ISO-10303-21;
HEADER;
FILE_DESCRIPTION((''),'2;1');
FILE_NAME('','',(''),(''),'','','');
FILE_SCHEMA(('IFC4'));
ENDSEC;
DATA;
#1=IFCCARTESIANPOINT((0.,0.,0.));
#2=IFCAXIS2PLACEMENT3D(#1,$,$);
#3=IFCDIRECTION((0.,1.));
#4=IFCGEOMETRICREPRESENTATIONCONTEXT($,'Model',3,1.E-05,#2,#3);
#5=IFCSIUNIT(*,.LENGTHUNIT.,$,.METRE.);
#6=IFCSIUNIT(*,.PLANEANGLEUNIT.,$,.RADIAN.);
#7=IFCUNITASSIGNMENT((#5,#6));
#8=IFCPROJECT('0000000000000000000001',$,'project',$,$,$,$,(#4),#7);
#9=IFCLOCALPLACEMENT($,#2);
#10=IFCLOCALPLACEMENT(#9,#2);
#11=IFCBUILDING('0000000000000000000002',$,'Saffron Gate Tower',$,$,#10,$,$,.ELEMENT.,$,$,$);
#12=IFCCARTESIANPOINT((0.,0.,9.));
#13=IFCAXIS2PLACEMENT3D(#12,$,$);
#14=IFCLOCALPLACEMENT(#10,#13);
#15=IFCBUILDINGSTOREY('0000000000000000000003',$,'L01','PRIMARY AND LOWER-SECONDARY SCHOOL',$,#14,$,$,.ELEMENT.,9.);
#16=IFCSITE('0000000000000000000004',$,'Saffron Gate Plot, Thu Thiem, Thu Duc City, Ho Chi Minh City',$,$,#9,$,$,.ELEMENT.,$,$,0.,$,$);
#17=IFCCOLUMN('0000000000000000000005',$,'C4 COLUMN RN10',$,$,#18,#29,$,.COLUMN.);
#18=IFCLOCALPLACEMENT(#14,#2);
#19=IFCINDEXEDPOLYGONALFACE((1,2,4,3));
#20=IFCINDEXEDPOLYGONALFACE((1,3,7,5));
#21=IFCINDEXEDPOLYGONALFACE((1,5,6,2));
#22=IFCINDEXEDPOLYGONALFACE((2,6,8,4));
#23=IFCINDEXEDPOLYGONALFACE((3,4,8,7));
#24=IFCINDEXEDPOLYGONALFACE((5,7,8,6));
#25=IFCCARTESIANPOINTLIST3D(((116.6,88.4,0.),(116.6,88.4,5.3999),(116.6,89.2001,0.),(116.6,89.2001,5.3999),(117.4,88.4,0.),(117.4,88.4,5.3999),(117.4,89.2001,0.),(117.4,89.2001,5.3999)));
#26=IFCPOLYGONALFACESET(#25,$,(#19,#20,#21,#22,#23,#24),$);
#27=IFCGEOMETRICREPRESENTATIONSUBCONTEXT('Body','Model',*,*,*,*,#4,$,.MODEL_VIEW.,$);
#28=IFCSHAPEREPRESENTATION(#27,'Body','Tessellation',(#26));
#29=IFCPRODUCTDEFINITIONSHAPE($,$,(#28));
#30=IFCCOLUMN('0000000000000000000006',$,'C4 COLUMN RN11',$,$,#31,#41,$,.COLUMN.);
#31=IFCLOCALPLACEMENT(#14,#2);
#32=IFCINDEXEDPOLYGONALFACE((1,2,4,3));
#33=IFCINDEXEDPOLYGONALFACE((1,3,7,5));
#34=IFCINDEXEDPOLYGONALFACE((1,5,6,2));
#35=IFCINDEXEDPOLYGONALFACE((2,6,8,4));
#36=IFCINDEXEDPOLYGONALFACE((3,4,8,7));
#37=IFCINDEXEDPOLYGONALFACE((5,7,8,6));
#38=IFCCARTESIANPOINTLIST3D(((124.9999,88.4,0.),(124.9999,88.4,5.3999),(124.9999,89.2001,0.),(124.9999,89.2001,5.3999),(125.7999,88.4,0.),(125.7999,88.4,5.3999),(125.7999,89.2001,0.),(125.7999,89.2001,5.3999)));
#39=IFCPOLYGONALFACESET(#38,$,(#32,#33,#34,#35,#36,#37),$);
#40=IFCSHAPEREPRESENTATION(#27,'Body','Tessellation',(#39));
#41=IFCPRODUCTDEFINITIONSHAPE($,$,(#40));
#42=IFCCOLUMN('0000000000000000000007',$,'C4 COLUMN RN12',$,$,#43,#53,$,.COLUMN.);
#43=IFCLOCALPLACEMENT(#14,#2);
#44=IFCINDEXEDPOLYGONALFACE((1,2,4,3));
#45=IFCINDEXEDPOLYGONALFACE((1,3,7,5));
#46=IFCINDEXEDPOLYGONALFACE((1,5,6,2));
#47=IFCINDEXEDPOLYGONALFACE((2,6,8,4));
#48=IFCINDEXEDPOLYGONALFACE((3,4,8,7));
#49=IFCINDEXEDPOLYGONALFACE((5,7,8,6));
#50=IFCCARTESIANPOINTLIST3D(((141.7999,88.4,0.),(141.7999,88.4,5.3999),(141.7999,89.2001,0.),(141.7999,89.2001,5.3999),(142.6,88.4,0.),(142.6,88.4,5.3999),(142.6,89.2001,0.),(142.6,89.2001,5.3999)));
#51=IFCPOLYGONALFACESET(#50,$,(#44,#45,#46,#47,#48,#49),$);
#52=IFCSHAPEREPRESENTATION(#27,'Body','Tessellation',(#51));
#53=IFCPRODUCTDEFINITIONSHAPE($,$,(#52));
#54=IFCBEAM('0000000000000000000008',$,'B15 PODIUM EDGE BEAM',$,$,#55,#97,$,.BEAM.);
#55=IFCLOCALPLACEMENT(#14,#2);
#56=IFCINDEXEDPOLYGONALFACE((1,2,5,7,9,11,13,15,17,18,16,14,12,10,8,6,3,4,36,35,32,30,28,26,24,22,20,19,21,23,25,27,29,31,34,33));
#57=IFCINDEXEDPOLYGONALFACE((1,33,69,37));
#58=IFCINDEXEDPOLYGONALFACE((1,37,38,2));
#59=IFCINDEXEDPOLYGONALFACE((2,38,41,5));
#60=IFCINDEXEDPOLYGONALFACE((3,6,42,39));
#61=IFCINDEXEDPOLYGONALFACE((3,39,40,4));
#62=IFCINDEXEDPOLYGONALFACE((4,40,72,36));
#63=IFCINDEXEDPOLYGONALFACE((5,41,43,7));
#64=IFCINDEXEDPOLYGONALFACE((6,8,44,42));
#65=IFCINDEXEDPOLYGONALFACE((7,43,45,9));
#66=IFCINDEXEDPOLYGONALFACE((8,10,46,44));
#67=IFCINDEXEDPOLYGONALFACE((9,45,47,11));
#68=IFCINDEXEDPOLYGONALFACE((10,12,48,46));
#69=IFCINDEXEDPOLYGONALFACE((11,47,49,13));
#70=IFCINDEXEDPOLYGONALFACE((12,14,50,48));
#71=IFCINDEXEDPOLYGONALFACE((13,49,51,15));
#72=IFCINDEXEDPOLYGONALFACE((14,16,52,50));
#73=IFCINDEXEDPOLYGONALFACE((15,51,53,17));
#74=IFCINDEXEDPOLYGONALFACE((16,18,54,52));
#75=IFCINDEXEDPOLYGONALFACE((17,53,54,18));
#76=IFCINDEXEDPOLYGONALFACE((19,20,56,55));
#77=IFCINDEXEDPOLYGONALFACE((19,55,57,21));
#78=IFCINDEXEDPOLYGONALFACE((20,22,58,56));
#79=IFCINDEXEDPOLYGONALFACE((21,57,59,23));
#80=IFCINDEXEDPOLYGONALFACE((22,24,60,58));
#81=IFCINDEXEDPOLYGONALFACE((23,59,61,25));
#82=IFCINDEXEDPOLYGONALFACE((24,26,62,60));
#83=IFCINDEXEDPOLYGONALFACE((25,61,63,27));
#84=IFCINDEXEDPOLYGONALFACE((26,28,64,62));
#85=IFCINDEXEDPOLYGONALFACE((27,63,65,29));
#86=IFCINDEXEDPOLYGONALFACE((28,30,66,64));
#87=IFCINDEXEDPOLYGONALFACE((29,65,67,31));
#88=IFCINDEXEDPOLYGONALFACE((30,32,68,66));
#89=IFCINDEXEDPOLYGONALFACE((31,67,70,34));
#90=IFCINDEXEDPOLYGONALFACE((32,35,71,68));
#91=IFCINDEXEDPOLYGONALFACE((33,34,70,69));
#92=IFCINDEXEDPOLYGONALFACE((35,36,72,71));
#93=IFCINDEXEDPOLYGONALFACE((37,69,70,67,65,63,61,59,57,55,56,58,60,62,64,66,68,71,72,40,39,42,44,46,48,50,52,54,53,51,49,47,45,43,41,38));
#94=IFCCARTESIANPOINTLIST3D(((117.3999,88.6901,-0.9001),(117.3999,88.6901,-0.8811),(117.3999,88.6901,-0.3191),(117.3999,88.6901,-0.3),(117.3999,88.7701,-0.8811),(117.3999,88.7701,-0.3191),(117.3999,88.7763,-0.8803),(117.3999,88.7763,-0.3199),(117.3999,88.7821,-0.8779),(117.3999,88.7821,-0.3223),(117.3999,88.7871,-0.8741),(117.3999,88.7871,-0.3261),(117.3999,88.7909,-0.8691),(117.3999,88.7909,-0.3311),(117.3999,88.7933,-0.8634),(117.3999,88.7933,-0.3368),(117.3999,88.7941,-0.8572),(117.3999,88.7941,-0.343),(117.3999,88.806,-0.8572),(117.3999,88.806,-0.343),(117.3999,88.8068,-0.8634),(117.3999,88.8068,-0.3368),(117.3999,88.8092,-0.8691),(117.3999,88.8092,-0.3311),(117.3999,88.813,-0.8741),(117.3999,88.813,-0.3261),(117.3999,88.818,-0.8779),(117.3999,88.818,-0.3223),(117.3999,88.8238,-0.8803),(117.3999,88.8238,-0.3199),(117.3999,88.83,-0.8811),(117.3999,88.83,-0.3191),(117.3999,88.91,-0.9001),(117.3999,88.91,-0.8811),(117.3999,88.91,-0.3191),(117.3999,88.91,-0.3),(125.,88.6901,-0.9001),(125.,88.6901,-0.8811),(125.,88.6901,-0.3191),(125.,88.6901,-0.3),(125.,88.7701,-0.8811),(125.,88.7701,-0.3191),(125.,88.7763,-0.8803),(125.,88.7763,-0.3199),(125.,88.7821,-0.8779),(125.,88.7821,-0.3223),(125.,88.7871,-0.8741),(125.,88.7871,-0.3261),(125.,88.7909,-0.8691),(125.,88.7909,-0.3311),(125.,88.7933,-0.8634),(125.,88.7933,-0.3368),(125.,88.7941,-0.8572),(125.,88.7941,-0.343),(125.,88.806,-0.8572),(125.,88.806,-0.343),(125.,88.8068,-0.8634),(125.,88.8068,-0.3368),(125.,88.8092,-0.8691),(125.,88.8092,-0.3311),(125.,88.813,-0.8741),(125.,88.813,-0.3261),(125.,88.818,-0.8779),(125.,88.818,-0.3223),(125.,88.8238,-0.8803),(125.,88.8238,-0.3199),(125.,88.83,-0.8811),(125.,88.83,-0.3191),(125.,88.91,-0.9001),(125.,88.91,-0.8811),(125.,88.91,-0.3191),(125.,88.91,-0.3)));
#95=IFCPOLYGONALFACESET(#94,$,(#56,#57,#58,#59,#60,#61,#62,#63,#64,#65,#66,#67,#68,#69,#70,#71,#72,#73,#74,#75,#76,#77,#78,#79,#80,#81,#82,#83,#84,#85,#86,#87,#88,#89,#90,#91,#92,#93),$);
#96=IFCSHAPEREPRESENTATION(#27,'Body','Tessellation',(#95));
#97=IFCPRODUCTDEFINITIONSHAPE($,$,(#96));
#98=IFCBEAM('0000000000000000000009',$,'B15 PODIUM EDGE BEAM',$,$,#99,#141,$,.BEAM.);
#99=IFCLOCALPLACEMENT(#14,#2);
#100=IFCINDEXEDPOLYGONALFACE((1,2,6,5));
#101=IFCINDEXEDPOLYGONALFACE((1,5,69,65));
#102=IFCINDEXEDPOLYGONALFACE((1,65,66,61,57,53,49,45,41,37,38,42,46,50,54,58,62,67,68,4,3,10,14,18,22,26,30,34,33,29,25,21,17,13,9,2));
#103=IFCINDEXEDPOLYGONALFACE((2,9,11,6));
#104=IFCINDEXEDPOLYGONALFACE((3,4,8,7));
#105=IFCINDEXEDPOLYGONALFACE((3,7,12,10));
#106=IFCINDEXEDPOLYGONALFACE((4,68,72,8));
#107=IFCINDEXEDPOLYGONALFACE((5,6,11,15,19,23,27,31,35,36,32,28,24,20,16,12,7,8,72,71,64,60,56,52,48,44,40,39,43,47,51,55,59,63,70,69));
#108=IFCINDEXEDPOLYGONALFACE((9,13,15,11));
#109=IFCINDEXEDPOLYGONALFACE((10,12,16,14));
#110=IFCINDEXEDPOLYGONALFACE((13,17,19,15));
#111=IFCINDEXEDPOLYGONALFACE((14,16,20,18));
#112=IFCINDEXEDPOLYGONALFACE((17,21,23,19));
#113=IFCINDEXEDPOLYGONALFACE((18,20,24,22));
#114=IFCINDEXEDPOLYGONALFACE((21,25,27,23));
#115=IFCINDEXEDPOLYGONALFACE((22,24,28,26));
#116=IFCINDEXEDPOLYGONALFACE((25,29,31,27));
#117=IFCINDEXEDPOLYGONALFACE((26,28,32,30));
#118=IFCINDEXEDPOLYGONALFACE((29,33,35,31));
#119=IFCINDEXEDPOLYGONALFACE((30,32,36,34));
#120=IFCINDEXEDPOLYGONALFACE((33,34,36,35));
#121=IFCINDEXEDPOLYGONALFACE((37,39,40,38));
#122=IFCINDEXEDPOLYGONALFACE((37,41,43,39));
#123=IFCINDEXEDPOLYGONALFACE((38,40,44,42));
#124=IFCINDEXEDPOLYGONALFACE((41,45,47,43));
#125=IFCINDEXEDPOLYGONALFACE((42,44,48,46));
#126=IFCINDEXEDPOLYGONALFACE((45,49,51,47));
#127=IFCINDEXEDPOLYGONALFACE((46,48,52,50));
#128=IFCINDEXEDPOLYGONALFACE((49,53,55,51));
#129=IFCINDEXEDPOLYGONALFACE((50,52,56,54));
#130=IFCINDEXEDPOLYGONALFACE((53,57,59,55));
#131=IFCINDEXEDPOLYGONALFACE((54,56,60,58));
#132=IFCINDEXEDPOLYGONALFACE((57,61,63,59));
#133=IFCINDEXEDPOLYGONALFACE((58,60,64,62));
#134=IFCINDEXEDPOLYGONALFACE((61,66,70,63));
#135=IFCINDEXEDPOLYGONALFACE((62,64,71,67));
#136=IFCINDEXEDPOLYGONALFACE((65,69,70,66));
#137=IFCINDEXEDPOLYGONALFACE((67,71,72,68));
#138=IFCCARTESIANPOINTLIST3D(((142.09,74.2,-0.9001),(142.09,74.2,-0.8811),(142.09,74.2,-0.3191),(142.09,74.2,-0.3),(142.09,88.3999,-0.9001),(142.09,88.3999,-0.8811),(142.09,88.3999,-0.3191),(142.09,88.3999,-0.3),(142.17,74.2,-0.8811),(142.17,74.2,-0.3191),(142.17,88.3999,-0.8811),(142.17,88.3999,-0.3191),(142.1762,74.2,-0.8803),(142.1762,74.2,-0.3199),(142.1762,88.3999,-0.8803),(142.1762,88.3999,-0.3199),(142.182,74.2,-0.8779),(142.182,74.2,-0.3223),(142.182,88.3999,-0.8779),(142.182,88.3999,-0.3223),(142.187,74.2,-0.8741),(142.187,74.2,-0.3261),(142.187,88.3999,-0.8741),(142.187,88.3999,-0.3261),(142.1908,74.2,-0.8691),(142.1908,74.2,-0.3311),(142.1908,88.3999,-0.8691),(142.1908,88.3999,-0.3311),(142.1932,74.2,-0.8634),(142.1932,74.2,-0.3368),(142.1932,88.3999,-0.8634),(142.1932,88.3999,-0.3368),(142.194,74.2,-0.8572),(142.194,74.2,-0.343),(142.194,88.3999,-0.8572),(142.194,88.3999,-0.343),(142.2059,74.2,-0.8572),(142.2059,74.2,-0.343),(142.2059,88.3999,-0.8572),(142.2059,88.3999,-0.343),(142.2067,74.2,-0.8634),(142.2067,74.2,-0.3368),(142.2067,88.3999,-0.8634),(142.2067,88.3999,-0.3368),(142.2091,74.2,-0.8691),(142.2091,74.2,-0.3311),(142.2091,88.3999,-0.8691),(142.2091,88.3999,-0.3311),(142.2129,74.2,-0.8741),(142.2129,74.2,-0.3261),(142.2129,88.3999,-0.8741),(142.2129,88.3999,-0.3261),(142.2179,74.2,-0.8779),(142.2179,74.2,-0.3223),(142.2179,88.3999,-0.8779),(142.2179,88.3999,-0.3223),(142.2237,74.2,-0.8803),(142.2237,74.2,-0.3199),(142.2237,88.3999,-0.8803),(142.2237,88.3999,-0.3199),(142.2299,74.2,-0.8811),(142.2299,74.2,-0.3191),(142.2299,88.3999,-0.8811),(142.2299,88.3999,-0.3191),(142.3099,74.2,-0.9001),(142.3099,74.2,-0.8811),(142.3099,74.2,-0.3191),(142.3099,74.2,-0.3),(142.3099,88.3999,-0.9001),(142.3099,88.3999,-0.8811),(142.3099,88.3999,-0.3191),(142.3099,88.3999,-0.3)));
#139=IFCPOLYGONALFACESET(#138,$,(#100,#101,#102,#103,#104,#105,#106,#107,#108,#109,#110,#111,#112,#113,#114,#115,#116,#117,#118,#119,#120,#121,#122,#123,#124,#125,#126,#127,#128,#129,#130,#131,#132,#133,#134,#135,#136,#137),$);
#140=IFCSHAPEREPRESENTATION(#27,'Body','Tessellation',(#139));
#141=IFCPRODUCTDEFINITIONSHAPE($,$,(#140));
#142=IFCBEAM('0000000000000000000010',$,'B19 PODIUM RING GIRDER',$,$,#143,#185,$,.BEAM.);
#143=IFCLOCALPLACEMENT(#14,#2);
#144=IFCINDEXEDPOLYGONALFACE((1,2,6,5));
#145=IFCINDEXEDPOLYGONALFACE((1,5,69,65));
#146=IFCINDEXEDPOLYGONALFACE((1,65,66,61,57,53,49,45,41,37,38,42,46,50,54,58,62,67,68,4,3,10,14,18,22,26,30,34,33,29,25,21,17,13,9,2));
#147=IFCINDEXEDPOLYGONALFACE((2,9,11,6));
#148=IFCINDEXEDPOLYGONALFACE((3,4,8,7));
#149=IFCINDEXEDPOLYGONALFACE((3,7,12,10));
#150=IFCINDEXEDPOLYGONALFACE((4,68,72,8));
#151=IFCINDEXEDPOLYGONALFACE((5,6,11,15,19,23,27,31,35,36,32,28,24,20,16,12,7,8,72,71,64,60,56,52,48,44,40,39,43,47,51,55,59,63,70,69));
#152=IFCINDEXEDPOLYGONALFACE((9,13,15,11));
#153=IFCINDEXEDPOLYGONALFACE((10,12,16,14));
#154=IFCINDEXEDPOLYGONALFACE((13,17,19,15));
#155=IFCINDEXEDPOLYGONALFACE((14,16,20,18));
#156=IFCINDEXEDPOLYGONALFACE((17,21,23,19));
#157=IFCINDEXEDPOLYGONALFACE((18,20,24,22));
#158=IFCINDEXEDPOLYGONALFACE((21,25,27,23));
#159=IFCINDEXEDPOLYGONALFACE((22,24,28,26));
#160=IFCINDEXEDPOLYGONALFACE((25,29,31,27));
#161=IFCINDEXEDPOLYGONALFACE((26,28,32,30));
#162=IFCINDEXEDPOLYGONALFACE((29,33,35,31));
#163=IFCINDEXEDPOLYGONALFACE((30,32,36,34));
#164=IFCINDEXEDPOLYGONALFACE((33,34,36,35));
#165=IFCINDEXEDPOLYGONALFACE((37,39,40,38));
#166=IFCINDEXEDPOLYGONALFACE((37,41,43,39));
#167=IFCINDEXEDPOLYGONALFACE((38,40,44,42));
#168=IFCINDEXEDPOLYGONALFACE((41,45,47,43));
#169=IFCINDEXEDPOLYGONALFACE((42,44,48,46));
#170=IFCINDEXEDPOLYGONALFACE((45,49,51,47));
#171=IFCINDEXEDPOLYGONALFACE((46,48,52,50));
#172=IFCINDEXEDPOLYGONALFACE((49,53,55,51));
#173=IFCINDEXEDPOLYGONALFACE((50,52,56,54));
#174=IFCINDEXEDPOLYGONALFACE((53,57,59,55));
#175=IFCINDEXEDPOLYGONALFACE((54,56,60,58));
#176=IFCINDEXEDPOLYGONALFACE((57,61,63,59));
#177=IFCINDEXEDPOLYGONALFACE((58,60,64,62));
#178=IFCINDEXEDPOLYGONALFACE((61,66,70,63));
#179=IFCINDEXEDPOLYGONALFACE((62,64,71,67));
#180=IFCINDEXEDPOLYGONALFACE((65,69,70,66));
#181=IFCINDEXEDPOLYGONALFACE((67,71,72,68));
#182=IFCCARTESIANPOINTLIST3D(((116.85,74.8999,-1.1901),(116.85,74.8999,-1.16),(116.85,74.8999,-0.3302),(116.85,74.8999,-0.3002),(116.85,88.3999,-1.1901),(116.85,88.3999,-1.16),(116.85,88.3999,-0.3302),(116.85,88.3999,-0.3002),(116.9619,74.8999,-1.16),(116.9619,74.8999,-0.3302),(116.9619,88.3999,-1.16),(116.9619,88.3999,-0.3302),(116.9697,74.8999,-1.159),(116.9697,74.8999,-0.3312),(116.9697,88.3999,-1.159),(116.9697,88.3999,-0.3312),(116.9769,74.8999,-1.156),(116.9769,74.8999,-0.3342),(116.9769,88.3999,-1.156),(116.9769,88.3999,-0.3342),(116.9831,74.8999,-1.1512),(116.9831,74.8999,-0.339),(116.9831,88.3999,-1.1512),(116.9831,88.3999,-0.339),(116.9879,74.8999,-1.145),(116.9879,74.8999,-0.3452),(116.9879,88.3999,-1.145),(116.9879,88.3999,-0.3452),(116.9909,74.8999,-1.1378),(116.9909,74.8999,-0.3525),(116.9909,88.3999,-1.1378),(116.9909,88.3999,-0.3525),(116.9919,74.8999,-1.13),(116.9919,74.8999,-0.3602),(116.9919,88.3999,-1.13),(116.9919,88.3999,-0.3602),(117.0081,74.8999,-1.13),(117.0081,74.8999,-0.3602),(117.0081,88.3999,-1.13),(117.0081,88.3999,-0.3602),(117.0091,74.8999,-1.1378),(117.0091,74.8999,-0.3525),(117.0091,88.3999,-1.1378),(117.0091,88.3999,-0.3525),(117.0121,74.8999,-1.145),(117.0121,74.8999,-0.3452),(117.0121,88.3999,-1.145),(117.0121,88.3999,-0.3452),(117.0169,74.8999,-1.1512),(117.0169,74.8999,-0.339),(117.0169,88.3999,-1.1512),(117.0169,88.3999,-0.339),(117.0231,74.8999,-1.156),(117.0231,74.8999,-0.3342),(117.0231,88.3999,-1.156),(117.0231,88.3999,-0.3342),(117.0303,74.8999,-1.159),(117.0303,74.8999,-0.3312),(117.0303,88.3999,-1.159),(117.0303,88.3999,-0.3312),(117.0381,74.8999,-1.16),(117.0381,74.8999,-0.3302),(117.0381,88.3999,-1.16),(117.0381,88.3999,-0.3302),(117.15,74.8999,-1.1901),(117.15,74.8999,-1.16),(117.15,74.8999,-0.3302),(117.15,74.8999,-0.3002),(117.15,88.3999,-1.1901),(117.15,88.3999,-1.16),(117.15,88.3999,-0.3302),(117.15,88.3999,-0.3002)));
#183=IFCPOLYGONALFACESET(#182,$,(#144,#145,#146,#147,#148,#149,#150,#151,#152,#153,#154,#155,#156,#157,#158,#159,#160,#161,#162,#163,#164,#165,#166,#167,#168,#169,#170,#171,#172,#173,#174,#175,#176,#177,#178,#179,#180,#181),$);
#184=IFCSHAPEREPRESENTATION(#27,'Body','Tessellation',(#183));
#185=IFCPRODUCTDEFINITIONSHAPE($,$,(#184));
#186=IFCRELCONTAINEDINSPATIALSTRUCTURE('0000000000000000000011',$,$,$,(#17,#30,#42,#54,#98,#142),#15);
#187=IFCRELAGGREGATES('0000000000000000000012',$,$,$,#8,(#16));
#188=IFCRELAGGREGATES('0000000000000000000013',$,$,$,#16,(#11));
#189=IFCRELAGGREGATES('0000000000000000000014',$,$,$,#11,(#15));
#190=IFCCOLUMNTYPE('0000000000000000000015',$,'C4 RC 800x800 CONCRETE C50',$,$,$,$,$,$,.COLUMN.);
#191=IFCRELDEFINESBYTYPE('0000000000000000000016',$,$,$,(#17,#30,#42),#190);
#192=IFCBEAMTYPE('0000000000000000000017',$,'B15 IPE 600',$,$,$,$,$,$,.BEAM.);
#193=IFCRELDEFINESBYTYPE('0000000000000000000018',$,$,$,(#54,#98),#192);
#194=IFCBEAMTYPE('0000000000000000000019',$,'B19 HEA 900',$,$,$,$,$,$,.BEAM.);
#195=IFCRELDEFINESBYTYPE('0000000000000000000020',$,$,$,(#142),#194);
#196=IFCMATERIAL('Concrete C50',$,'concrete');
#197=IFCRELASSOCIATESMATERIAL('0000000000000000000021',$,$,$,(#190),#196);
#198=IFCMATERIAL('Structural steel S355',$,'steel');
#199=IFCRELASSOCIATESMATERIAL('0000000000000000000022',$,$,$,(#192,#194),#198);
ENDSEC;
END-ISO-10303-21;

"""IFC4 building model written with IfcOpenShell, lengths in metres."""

from ifc_helpers import new_model, si_unit, direction, frame, origin, origin_2d, place, context, subcontext, project, spatial, rectangle, i_section, extrude, material, material_profile, profile_set, type_object, element, save


model = new_model("IFC4")

# Units and contexts
model_context = context("Model", 3, precision=1e-05, world=origin(), true_north=direction((0.0, 1.0)))
body_context = subcontext(model_context, "Body", "Model", "MODEL_VIEW")
ifc_project = project(units=[si_unit("LENGTHUNIT", "METRE"), si_unit("PLANEANGLEUNIT", "RADIAN")], contexts=[model_context])

# Site, building, storey
site_placement = place(None, origin())
site = spatial("IfcSite", under=ifc_project, at=site_placement, Name="Saffron Gate Plot, Thu Thiem, Thu Duc City, Ho Chi Minh City", CompositionType="ELEMENT", RefElevation=0.0)
building_placement = place(site_placement, origin())
building = spatial("IfcBuilding", under=site, at=building_placement, Name="Saffron Gate Tower", CompositionType="ELEMENT")
storey_placement = place(building_placement, frame((0.0, 0.0, 9.0)))
storey = spatial("IfcBuildingStorey", under=building, at=storey_placement, Name="L01", Description="PRIMARY AND LOWER-SECONDARY SCHOOL", CompositionType="ELEMENT", Elevation=9.0)

# Columns
ifc_material_1 = material(Name="Concrete C50", Category="concrete")
ifc_material_profile_1 = material_profile(ifc_material_1, rectangle(XDim=0.8, YDim=0.8, at=origin_2d()))
ifc_profile_set_1 = profile_set([ifc_material_profile_1], Name="Concrete C50")
column_type = type_object("IfcColumnType", Name="C4 RC 800x800 CONCRETE C50", PredefinedType="COLUMN", material=ifc_profile_set_1)
for number, where, z_axis, x_axis, name in (
    (1, (117.0, 88.8, 0.0), (0.0, 0.0, 1.0), (1.0, 0.0, 0.0), "C4 COLUMN RN10"),
    (2, (125.3999, 88.8, 0.0), (0.0, 0.0, 1.0), (1.0, 0.0, 0.0), "C4 COLUMN RN11"),
    (3, (142.2, 88.8, 0.0), (0.0, 0.0, 1.0), (1.0, 0.0, 0.0), "C4 COLUMN RN12"),
):
    element("IfcColumn", number, at=place(storey_placement, frame(where, z_axis=z_axis, x_axis=x_axis)), inside=storey, type_object=column_type, Name=name, PredefinedType="COLUMN", context=body_context, shape_type="SweptSolid", body=[
        extrude(rectangle(XDim=0.8, YDim=0.8, at=origin_2d()), origin(), (0.0, 0.0, 1.0), 5.3999),
    ])

# Beams
ifc_material_2 = material(Name="Structural steel S355", Category="steel")
ifc_material_profile_2 = material_profile(ifc_material_2, i_section(OverallWidth=0.22, OverallDepth=0.6001, WebThickness=0.012, FlangeThickness=0.019, FilletRadius=0.0239, at=origin_2d()))
ifc_profile_set_2 = profile_set([ifc_material_profile_2], Name="Structural steel S355")
beam_type_1 = type_object("IfcBeamType", Name="B15 IPE 600", PredefinedType="BEAM", material=ifc_profile_set_2)
beam_1_placement = place(storey_placement, frame((117.3999, 88.8, -0.6001), z_axis=(1.0, 0.0, 0.0), x_axis=(0.0, 1.0, 0.0)))
element("IfcBeam", 4, at=beam_1_placement, inside=storey, type_object=beam_type_1, Name="B15 PODIUM EDGE BEAM", PredefinedType="BEAM", context=body_context, shape_type="SweptSolid", body=[
    extrude(i_section(OverallWidth=0.22, OverallDepth=0.6001, WebThickness=0.012, FlangeThickness=0.019, FilletRadius=0.0239, at=origin_2d()), origin(), (0.0, 0.0, 1.0), 7.6001),
])
beam_2_placement = place(storey_placement, frame((142.2, 74.2, -0.6001), z_axis=(0.0, 1.0, 0.0), x_axis=(-1.0, 0.0, 0.0)))
element("IfcBeam", 5, at=beam_2_placement, inside=storey, type_object=beam_type_1, Name="B15 PODIUM EDGE BEAM", PredefinedType="BEAM", context=body_context, shape_type="SweptSolid", body=[
    extrude(i_section(OverallWidth=0.22, OverallDepth=0.6001, WebThickness=0.012, FlangeThickness=0.019, FilletRadius=0.0239, at=origin_2d()), origin(), (0.0, 0.0, 1.0), 14.2),
])
ifc_material_profile_3 = material_profile(ifc_material_2, i_section(OverallWidth=0.3, OverallDepth=0.8899, WebThickness=0.0161, FlangeThickness=0.03, FilletRadius=0.03, at=origin_2d()))
ifc_profile_set_3 = profile_set([ifc_material_profile_3], Name="Structural steel S355")
beam_type_2 = type_object("IfcBeamType", Name="B19 HEA 900", PredefinedType="BEAM", material=ifc_profile_set_3)
beam_3_placement = place(storey_placement, frame((117.0, 88.3999, -0.7451), z_axis=(0.0, -1.0, 0.0), x_axis=(1.0, 0.0, 0.0)))
element("IfcBeam", 6, at=beam_3_placement, inside=storey, type_object=beam_type_2, Name="B19 PODIUM RING GIRDER", PredefinedType="BEAM", context=body_context, shape_type="SweptSolid", body=[
    extrude(i_section(OverallWidth=0.3, OverallDepth=0.8899, WebThickness=0.0161, FlangeThickness=0.03, FilletRadius=0.03, at=origin_2d()), origin(), (0.0, 0.0, 1.0), 13.5),
])

save(model, "model.ifc")
